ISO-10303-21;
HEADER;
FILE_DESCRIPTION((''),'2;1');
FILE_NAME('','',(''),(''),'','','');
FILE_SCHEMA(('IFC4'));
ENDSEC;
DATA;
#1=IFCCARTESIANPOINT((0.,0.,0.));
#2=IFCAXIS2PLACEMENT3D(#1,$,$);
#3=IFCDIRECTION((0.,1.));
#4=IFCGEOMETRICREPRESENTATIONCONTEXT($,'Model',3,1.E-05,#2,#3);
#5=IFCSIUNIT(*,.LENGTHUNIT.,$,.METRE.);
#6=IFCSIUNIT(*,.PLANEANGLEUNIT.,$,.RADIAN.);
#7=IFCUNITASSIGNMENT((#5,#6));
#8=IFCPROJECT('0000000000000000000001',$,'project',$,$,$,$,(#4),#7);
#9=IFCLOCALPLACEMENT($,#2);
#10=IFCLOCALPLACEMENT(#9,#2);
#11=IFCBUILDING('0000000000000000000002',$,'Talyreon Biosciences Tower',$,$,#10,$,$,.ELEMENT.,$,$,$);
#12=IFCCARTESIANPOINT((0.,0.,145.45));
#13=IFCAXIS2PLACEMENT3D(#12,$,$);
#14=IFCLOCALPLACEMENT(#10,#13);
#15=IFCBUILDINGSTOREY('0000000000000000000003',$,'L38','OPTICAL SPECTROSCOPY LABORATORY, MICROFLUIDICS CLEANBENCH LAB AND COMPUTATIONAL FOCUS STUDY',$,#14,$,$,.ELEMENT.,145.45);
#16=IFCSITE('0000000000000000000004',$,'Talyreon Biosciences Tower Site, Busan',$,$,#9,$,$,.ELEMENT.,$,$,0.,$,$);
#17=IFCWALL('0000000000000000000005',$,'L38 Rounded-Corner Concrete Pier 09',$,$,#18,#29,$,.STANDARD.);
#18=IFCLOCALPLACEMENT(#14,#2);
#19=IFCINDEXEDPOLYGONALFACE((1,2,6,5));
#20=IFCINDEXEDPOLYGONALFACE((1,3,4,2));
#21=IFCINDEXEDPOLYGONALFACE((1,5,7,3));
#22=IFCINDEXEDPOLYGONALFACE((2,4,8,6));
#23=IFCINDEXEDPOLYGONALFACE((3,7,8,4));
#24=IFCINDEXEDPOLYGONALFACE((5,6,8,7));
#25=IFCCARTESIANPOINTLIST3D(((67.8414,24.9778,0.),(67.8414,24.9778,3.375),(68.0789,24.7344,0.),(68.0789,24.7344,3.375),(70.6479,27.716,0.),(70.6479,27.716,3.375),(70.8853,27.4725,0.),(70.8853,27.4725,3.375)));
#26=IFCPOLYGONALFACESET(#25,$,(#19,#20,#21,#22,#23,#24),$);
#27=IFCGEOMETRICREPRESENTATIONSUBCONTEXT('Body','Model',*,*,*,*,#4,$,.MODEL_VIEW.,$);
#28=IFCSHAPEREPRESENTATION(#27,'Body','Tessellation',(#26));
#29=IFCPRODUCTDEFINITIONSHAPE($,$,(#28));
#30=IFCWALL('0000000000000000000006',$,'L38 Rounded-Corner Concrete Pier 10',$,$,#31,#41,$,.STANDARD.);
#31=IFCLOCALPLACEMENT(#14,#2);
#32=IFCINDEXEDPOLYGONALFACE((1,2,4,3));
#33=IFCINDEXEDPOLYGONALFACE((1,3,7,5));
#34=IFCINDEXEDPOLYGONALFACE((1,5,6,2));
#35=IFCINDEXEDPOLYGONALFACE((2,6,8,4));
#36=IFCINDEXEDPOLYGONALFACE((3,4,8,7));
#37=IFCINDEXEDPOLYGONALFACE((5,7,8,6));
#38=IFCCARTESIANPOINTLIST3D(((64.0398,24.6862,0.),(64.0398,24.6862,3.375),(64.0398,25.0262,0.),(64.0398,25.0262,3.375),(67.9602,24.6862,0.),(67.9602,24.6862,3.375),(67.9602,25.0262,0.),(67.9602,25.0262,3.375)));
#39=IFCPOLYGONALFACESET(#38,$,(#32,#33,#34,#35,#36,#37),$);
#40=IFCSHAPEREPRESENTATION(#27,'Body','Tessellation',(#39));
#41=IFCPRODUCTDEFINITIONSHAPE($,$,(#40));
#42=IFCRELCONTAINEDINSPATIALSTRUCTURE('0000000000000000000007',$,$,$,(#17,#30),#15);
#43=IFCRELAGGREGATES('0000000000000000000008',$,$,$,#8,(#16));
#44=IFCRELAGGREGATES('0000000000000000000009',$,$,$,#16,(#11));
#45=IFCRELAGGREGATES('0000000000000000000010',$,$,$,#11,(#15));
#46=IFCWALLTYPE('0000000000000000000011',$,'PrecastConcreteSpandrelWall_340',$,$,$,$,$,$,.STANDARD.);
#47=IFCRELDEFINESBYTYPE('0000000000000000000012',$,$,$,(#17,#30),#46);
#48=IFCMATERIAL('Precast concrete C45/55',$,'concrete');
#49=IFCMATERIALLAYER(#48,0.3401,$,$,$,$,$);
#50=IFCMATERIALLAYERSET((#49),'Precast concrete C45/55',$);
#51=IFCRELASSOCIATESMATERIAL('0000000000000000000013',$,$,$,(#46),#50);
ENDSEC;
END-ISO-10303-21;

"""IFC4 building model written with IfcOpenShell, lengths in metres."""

from ifc_helpers import new_model, si_unit, direction, frame, frame_2d, origin, place, context, subcontext, project, spatial, rectangle, extrude, material, layer, layer_set, type_object, element, save


model = new_model("IFC4")

# Units and contexts
model_context = context("Model", 3, precision=1e-05, world=origin(), true_north=direction((0.0, 1.0)))
body_context = subcontext(model_context, "Body", "Model", "MODEL_VIEW")
ifc_project = project(units=[si_unit("LENGTHUNIT", "METRE"), si_unit("PLANEANGLEUNIT", "RADIAN")], contexts=[model_context])

# Site, building, storey
site_placement = place(None, origin())
site = spatial("IfcSite", under=ifc_project, at=site_placement, Name="Talyreon Biosciences Tower Site, Busan", CompositionType="ELEMENT", RefElevation=0.0)
building_placement = place(site_placement, origin())
building = spatial("IfcBuilding", under=site, at=building_placement, Name="Talyreon Biosciences Tower", CompositionType="ELEMENT")
storey_placement = place(building_placement, frame((0.0, 0.0, 145.45)))
storey = spatial("IfcBuildingStorey", under=building, at=storey_placement, Name="L38", Description="OPTICAL SPECTROSCOPY LABORATORY, MICROFLUIDICS CLEANBENCH LAB AND COMPUTATIONAL FOCUS STUDY", CompositionType="ELEMENT", Elevation=145.45)

# Shared definitions
ifc_material_1 = material(Name="Precast concrete C45/55", Category="concrete")

# Walls
ifc_layer_1 = layer(ifc_material_1, 0.3401)
ifc_layer_set_1 = layer_set([ifc_layer_1], Name="Precast concrete C45/55")
wall_type_1 = type_object("IfcWallType", Name="PrecastConcreteSpandrelWall_340", PredefinedType="STANDARD", material=ifc_layer_set_1)
wall_1_placement = place(storey_placement, frame((70.7666, 27.5942, 0.0), z_axis=(0.0, 0.0, 1.0), x_axis=(-0.715771, -0.698336, 0.0)))
element("IfcWall", 1, at=wall_1_placement, inside=storey, type_object=wall_type_1, Name="L38 Rounded-Corner Concrete Pier 09", PredefinedType="STANDARD", context=body_context, shape_type="SweptSolid", body=[
    extrude(rectangle(XDim=3.9209, YDim=0.3401, at=frame_2d((1.9604, 0.0))), origin(), (0.0, 0.0, 1.0), 3.375),
])
wall_2_placement = place(storey_placement, frame((67.9602, 24.8562, 0.0), z_axis=(0.0, 0.0, 1.0), x_axis=(-1.0, 0.0, 0.0)))
element("IfcWall", 2, at=wall_2_placement, inside=storey, type_object=wall_type_1, Name="L38 Rounded-Corner Concrete Pier 10", PredefinedType="STANDARD", context=body_context, shape_type="SweptSolid", body=[
    extrude(rectangle(XDim=3.9204, YDim=0.3401, at=frame_2d((1.9602, 0.0))), origin(), (0.0, 0.0, 1.0), 3.375),
])

save(model, "model.ifc")
